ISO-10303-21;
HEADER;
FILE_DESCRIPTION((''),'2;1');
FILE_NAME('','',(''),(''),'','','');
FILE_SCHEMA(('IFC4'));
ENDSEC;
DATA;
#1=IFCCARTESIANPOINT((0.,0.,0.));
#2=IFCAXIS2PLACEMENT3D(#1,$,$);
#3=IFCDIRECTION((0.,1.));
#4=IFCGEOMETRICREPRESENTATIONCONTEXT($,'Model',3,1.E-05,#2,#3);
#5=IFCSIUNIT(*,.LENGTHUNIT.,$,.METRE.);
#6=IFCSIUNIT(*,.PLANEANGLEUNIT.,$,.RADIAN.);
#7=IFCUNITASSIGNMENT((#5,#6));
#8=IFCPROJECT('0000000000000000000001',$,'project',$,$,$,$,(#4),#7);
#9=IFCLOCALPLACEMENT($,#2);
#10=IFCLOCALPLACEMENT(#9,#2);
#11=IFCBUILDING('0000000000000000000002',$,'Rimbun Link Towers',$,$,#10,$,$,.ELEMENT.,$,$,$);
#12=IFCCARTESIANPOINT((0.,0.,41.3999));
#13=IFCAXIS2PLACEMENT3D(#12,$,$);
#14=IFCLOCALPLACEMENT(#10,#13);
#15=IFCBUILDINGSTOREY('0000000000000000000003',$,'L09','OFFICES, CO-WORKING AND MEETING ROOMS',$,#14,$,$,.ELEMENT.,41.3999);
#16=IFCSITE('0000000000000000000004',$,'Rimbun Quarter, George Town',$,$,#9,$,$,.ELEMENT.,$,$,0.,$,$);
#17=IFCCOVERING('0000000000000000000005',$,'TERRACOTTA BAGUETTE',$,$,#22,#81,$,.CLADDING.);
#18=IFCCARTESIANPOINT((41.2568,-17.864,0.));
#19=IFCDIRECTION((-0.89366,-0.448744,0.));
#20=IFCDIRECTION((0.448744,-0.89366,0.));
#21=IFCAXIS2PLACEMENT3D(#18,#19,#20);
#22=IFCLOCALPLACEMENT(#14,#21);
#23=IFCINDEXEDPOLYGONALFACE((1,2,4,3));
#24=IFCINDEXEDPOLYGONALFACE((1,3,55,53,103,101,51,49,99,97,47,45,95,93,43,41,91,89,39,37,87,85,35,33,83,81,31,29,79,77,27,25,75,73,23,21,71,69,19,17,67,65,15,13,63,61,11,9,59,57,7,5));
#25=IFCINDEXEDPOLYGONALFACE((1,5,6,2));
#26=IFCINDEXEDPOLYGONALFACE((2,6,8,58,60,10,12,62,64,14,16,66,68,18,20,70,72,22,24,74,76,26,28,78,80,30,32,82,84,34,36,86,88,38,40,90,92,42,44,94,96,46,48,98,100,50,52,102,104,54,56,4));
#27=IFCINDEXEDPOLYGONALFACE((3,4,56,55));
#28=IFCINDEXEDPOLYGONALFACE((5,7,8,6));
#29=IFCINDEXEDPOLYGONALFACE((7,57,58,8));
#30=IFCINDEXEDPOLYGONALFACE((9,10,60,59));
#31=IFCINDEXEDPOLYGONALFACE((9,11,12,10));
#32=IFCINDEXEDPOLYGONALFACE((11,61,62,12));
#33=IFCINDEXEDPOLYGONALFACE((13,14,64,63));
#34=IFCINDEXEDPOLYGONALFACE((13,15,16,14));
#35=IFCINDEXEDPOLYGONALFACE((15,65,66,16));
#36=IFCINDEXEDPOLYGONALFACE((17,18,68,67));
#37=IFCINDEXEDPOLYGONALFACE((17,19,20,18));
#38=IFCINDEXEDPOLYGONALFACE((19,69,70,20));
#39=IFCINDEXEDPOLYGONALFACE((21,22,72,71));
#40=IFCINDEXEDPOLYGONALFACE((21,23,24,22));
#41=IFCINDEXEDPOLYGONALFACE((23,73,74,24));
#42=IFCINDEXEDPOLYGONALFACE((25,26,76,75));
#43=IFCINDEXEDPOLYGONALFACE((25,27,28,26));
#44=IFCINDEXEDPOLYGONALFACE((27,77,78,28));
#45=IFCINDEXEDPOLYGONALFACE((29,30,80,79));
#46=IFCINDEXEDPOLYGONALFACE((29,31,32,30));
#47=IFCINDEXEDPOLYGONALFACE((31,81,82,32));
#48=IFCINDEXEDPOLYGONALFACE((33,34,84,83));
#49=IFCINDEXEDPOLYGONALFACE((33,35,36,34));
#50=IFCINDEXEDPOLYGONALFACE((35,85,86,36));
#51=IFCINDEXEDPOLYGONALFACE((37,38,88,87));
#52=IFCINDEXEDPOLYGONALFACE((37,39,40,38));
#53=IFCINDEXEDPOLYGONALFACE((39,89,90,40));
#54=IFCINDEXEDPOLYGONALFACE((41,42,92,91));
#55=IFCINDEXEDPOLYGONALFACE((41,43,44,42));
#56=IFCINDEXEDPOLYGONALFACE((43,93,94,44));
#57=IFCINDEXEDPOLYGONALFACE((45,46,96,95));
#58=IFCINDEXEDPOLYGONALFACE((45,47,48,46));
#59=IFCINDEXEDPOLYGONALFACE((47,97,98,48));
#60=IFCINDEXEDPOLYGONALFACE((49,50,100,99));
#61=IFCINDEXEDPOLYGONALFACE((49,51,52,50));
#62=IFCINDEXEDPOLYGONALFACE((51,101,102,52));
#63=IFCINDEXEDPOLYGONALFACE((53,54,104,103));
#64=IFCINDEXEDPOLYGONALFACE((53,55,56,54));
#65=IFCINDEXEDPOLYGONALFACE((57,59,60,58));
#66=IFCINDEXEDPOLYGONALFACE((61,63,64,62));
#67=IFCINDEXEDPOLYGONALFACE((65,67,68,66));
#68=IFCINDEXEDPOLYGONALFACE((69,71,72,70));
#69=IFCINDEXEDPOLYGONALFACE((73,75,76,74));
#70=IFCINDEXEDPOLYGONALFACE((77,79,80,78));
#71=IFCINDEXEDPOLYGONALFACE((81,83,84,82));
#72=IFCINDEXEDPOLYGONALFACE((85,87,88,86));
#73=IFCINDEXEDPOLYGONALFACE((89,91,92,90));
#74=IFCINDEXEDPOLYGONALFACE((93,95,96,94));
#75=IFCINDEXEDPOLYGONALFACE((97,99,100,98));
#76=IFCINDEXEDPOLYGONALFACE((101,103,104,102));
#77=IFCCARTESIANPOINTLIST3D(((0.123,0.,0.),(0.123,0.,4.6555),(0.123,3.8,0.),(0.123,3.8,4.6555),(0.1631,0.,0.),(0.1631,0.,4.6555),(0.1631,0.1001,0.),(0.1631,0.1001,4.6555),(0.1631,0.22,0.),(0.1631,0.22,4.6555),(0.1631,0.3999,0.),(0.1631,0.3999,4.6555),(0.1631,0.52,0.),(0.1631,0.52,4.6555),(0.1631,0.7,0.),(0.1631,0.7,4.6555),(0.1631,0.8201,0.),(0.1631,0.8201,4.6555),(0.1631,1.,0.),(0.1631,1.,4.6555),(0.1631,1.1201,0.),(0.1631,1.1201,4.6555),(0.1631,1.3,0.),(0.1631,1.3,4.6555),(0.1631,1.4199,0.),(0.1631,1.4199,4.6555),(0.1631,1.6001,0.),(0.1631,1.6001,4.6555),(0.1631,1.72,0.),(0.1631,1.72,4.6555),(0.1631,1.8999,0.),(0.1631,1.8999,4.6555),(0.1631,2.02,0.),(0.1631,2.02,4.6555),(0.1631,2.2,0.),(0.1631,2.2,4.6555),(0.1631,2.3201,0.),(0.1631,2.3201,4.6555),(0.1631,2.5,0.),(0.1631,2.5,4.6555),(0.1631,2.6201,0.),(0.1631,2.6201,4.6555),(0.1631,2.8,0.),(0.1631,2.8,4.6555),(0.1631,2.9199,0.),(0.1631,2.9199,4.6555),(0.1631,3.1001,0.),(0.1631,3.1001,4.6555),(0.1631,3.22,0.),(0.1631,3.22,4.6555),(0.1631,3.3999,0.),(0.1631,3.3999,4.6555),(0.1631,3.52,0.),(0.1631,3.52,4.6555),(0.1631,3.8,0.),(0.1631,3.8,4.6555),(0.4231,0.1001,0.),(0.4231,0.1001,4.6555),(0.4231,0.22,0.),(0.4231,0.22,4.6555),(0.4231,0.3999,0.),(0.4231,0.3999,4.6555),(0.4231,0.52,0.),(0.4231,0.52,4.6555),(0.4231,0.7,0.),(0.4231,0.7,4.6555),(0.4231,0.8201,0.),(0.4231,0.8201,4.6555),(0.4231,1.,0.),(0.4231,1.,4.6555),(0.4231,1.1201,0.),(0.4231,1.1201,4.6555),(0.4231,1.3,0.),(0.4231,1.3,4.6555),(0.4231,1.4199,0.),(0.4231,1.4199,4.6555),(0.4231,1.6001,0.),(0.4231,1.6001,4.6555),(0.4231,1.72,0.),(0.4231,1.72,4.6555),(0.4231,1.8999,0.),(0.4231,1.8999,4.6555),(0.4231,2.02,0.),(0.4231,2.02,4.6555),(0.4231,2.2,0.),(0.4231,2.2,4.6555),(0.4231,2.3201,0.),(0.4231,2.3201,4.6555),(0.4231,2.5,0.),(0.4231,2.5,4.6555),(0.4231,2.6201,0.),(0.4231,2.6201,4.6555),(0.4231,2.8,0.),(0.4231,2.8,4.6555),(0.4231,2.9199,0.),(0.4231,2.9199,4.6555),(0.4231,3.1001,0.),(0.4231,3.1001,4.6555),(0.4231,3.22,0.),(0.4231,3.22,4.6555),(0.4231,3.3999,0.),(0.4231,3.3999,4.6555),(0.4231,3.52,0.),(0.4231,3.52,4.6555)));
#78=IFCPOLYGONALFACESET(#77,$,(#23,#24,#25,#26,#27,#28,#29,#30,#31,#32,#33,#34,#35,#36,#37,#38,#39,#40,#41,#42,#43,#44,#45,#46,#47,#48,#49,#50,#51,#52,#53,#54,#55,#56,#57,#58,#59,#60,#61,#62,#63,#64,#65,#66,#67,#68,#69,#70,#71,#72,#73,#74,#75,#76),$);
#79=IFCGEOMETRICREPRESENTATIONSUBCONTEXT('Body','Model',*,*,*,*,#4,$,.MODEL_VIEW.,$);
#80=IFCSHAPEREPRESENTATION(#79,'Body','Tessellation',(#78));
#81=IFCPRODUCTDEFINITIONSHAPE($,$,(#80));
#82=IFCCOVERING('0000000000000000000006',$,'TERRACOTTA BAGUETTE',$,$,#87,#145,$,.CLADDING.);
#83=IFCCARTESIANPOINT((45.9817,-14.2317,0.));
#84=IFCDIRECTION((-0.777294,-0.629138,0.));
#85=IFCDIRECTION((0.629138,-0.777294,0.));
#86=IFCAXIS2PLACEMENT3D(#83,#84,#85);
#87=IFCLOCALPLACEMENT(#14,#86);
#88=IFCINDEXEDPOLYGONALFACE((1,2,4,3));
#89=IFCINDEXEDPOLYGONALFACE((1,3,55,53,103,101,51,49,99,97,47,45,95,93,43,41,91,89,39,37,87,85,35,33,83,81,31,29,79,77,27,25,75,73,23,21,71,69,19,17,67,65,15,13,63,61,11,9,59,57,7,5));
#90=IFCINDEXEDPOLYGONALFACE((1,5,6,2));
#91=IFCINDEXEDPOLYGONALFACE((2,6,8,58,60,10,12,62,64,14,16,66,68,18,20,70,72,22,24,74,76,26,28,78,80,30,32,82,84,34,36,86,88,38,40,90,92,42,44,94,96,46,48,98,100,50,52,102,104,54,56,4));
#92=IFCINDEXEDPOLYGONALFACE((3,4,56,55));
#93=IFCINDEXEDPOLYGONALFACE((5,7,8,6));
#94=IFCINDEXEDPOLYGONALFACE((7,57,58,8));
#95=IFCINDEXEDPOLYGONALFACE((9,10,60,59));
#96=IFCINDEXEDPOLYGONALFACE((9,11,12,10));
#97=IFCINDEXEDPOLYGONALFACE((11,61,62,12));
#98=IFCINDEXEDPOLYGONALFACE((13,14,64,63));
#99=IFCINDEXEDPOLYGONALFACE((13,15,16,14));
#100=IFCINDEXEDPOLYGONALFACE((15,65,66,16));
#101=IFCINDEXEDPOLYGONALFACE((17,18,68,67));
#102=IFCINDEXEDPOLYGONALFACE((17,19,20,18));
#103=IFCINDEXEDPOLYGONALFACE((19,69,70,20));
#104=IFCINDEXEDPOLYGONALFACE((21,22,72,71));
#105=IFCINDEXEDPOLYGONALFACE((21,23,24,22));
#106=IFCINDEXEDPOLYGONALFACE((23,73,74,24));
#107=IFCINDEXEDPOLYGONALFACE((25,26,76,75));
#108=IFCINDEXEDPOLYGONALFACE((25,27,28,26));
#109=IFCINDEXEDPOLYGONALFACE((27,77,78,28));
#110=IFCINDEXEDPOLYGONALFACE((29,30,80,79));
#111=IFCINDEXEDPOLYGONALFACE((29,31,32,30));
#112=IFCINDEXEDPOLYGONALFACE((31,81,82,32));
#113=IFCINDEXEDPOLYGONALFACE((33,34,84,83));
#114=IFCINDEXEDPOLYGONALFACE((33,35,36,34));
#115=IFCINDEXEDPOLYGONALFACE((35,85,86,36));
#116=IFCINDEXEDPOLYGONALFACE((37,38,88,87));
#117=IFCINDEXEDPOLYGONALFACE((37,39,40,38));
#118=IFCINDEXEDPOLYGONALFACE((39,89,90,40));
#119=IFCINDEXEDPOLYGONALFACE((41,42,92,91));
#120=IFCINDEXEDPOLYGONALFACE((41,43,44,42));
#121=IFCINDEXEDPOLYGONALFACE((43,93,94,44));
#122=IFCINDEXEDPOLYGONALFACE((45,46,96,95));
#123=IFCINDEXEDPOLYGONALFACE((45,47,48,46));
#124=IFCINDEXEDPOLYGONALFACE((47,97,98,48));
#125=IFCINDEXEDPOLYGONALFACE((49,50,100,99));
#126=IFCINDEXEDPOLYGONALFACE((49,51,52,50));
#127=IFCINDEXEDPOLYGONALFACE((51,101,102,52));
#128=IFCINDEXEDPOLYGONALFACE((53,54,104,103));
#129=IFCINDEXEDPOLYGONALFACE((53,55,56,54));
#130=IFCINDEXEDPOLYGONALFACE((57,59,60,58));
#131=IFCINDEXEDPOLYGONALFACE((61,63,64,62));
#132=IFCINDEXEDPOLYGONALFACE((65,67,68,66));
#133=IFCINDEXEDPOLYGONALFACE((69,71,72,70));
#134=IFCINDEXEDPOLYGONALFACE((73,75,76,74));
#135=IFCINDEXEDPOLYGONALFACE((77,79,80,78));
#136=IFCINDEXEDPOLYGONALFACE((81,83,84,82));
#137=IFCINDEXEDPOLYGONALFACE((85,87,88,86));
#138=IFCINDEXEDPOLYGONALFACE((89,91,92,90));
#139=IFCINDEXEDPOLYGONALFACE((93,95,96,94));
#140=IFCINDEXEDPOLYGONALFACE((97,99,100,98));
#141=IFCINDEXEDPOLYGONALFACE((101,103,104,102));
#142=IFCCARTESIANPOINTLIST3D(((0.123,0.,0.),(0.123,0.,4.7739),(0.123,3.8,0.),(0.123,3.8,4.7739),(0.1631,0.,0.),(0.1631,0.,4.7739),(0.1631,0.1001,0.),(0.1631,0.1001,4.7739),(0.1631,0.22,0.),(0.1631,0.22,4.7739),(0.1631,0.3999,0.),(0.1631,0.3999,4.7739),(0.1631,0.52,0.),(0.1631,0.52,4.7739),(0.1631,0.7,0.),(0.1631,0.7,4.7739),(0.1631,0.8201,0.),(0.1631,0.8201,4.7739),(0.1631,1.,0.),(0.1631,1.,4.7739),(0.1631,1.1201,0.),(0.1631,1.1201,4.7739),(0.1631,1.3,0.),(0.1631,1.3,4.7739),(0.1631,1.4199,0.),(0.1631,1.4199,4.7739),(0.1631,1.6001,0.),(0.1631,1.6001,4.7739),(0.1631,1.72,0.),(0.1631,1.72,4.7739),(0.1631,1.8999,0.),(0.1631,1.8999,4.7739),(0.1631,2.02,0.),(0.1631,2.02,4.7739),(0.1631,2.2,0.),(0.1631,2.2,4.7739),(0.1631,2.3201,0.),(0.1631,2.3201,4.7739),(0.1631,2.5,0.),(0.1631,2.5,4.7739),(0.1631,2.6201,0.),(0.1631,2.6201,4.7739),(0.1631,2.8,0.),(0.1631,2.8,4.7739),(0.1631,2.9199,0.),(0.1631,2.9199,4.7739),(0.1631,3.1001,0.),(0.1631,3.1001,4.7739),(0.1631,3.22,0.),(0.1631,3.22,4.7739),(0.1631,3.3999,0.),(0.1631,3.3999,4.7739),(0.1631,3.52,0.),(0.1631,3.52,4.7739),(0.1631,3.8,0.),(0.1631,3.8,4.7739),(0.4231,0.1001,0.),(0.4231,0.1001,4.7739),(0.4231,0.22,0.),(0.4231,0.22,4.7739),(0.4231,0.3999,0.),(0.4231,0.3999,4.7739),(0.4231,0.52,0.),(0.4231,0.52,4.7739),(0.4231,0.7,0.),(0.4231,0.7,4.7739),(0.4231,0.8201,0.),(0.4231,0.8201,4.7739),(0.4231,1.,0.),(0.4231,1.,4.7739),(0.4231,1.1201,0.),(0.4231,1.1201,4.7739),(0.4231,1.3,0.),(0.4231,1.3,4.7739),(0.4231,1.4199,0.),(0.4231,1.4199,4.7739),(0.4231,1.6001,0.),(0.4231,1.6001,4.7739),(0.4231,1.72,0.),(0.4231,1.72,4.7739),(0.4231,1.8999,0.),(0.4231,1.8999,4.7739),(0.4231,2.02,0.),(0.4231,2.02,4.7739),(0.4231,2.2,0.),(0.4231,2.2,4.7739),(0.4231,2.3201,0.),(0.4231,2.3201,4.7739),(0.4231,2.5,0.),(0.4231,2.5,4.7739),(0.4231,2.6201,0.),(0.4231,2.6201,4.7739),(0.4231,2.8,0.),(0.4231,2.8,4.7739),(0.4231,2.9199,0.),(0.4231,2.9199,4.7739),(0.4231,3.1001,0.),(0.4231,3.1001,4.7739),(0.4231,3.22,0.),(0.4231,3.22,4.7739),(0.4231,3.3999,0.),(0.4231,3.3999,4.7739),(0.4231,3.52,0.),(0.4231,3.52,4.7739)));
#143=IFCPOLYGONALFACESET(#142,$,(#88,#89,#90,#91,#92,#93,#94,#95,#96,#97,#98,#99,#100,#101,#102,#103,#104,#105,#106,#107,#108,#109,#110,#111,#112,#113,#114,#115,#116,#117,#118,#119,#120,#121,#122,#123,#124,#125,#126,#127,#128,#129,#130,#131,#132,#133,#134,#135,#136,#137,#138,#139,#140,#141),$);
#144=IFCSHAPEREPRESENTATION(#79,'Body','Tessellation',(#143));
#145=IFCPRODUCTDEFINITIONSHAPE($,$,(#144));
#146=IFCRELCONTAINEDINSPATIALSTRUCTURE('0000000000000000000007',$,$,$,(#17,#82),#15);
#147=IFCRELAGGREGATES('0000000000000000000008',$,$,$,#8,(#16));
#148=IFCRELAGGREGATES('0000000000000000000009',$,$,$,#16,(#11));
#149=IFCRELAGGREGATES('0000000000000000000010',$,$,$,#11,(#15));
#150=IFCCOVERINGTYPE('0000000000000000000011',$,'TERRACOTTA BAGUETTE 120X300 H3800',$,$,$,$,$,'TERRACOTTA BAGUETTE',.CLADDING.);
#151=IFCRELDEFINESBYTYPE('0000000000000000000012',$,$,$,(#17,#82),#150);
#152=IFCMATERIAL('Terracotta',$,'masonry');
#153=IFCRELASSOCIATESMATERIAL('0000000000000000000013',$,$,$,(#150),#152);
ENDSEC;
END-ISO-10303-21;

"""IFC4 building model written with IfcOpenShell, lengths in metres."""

from ifc_helpers import new_model, si_unit, direction, frame, origin, place, context, subcontext, project, spatial, polyline, outline, extrude, material, material_profile, profile_set, type_object, element, save


model = new_model("IFC4")

# Units and contexts
model_context = context("Model", 3, precision=1e-05, world=origin(), true_north=direction((0.0, 1.0)))
body_context = subcontext(model_context, "Body", "Model", "MODEL_VIEW")
ifc_project = project(units=[si_unit("LENGTHUNIT", "METRE"), si_unit("PLANEANGLEUNIT", "RADIAN")], contexts=[model_context])

# Site, building, storey
site_placement = place(None, origin())
site = spatial("IfcSite", under=ifc_project, at=site_placement, Name="Rimbun Quarter, George Town", CompositionType="ELEMENT", RefElevation=0.0)
building_placement = place(site_placement, origin())
building = spatial("IfcBuilding", under=site, at=building_placement, Name="Rimbun Link Towers", CompositionType="ELEMENT")
storey_placement = place(building_placement, frame((0.0, 0.0, 41.3999)))
storey = spatial("IfcBuildingStorey", under=building, at=storey_placement, Name="L09", Description="OFFICES, CO-WORKING AND MEETING ROOMS", CompositionType="ELEMENT", Elevation=41.3999)

# Coverings
ifc_material_1 = material(Name="Terracotta", Category="masonry")
ifc_material_profile_1 = material_profile(ifc_material_1, outline(polyline([(0.123, 0.0), (0.1631, 0.0), (0.1631, 0.1001), (0.4231, 0.1001), (0.4231, 0.22), (0.1631, 0.22), (0.1631, 0.3999), (0.4231, 0.3999), (0.4231, 0.52), (0.1631, 0.52), (0.1631, 0.7), (0.4231, 0.7), (0.4231, 0.8201), (0.1631, 0.8201), (0.1631, 1.0), (0.4231, 1.0), (0.4231, 1.1201), (0.1631, 1.1201), (0.1631, 1.3), (0.4231, 1.3), (0.4231, 1.4199), (0.1631, 1.4199), (0.1631, 1.6001), (0.4231, 1.6001), (0.4231, 1.72), (0.1631, 1.72), (0.1631, 1.8999), (0.4231, 1.8999), (0.4231, 2.02), (0.1631, 2.02), (0.1631, 2.2), (0.4231, 2.2), (0.4231, 2.3201), (0.1631, 2.3201), (0.1631, 2.5), (0.4231, 2.5), (0.4231, 2.6201), (0.1631, 2.6201), (0.1631, 2.8), (0.4231, 2.8), (0.4231, 2.9199), (0.1631, 2.9199), (0.1631, 3.1001), (0.4231, 3.1001), (0.4231, 3.22), (0.1631, 3.22), (0.1631, 3.3999), (0.4231, 3.3999), (0.4231, 3.52), (0.1631, 3.52), (0.1631, 3.8), (0.123, 3.8), (0.123, 0.0)])), Name="BAGUETTE 120X300")
ifc_profile_set_1 = profile_set([ifc_material_profile_1], Name="Terracotta")
covering_type = type_object("IfcCoveringType", Name="TERRACOTTA BAGUETTE 120X300 H3800", ElementType="TERRACOTTA BAGUETTE", PredefinedType="CLADDING", material=ifc_profile_set_1)
covering_1_placement = place(storey_placement, frame((41.2568, -17.864, 0.0), z_axis=(-0.89366, -0.448744, 0.0), x_axis=(0.448744, -0.89366, 0.0)))
element("IfcCovering", 1, at=covering_1_placement, inside=storey, type_object=covering_type, Name="TERRACOTTA BAGUETTE", PredefinedType="CLADDING", context=body_context, shape_type="SweptSolid", body=[
    extrude(outline(polyline([(0.123, 0.0), (0.1631, 0.0), (0.1631, 0.1001), (0.4231, 0.1001), (0.4231, 0.22), (0.1631, 0.22), (0.1631, 0.3999), (0.4231, 0.3999), (0.4231, 0.52), (0.1631, 0.52), (0.1631, 0.7), (0.4231, 0.7), (0.4231, 0.8201), (0.1631, 0.8201), (0.1631, 1.0), (0.4231, 1.0), (0.4231, 1.1201), (0.1631, 1.1201), (0.1631, 1.3), (0.4231, 1.3), (0.4231, 1.4199), (0.1631, 1.4199), (0.1631, 1.6001), (0.4231, 1.6001), (0.4231, 1.72), (0.1631, 1.72), (0.1631, 1.8999), (0.4231, 1.8999), (0.4231, 2.02), (0.1631, 2.02), (0.1631, 2.2), (0.4231, 2.2), (0.4231, 2.3201), (0.1631, 2.3201), (0.1631, 2.5), (0.4231, 2.5), (0.4231, 2.6201), (0.1631, 2.6201), (0.1631, 2.8), (0.4231, 2.8), (0.4231, 2.9199), (0.1631, 2.9199), (0.1631, 3.1001), (0.4231, 3.1001), (0.4231, 3.22), (0.1631, 3.22), (0.1631, 3.3999), (0.4231, 3.3999), (0.4231, 3.52), (0.1631, 3.52), (0.1631, 3.8), (0.123, 3.8), (0.123, 0.0)])), origin(), (0.0, 0.0, 1.0), 4.6555),
])
covering_2_placement = place(storey_placement, frame((45.9817, -14.2317, 0.0), z_axis=(-0.777294, -0.629138, 0.0), x_axis=(0.629138, -0.777294, 0.0)))
element("IfcCovering", 2, at=covering_2_placement, inside=storey, type_object=covering_type, Name="TERRACOTTA BAGUETTE", PredefinedType="CLADDING", context=body_context, shape_type="SweptSolid", body=[
    extrude(outline(polyline([(0.123, 0.0), (0.1631, 0.0), (0.1631, 0.1001), (0.4231, 0.1001), (0.4231, 0.22), (0.1631, 0.22), (0.1631, 0.3999), (0.4231, 0.3999), (0.4231, 0.52), (0.1631, 0.52), (0.1631, 0.7), (0.4231, 0.7), (0.4231, 0.8201), (0.1631, 0.8201), (0.1631, 1.0), (0.4231, 1.0), (0.4231, 1.1201), (0.1631, 1.1201), (0.1631, 1.3), (0.4231, 1.3), (0.4231, 1.4199), (0.1631, 1.4199), (0.1631, 1.6001), (0.4231, 1.6001), (0.4231, 1.72), (0.1631, 1.72), (0.1631, 1.8999), (0.4231, 1.8999), (0.4231, 2.02), (0.1631, 2.02), (0.1631, 2.2), (0.4231, 2.2), (0.4231, 2.3201), (0.1631, 2.3201), (0.1631, 2.5), (0.4231, 2.5), (0.4231, 2.6201), (0.1631, 2.6201), (0.1631, 2.8), (0.4231, 2.8), (0.4231, 2.9199), (0.1631, 2.9199), (0.1631, 3.1001), (0.4231, 3.1001), (0.4231, 3.22), (0.1631, 3.22), (0.1631, 3.3999), (0.4231, 3.3999), (0.4231, 3.52), (0.1631, 3.52), (0.1631, 3.8), (0.123, 3.8), (0.123, 0.0)])), origin(), (0.0, 0.0, 1.0), 4.7739),
])

save(model, "model.ifc")
